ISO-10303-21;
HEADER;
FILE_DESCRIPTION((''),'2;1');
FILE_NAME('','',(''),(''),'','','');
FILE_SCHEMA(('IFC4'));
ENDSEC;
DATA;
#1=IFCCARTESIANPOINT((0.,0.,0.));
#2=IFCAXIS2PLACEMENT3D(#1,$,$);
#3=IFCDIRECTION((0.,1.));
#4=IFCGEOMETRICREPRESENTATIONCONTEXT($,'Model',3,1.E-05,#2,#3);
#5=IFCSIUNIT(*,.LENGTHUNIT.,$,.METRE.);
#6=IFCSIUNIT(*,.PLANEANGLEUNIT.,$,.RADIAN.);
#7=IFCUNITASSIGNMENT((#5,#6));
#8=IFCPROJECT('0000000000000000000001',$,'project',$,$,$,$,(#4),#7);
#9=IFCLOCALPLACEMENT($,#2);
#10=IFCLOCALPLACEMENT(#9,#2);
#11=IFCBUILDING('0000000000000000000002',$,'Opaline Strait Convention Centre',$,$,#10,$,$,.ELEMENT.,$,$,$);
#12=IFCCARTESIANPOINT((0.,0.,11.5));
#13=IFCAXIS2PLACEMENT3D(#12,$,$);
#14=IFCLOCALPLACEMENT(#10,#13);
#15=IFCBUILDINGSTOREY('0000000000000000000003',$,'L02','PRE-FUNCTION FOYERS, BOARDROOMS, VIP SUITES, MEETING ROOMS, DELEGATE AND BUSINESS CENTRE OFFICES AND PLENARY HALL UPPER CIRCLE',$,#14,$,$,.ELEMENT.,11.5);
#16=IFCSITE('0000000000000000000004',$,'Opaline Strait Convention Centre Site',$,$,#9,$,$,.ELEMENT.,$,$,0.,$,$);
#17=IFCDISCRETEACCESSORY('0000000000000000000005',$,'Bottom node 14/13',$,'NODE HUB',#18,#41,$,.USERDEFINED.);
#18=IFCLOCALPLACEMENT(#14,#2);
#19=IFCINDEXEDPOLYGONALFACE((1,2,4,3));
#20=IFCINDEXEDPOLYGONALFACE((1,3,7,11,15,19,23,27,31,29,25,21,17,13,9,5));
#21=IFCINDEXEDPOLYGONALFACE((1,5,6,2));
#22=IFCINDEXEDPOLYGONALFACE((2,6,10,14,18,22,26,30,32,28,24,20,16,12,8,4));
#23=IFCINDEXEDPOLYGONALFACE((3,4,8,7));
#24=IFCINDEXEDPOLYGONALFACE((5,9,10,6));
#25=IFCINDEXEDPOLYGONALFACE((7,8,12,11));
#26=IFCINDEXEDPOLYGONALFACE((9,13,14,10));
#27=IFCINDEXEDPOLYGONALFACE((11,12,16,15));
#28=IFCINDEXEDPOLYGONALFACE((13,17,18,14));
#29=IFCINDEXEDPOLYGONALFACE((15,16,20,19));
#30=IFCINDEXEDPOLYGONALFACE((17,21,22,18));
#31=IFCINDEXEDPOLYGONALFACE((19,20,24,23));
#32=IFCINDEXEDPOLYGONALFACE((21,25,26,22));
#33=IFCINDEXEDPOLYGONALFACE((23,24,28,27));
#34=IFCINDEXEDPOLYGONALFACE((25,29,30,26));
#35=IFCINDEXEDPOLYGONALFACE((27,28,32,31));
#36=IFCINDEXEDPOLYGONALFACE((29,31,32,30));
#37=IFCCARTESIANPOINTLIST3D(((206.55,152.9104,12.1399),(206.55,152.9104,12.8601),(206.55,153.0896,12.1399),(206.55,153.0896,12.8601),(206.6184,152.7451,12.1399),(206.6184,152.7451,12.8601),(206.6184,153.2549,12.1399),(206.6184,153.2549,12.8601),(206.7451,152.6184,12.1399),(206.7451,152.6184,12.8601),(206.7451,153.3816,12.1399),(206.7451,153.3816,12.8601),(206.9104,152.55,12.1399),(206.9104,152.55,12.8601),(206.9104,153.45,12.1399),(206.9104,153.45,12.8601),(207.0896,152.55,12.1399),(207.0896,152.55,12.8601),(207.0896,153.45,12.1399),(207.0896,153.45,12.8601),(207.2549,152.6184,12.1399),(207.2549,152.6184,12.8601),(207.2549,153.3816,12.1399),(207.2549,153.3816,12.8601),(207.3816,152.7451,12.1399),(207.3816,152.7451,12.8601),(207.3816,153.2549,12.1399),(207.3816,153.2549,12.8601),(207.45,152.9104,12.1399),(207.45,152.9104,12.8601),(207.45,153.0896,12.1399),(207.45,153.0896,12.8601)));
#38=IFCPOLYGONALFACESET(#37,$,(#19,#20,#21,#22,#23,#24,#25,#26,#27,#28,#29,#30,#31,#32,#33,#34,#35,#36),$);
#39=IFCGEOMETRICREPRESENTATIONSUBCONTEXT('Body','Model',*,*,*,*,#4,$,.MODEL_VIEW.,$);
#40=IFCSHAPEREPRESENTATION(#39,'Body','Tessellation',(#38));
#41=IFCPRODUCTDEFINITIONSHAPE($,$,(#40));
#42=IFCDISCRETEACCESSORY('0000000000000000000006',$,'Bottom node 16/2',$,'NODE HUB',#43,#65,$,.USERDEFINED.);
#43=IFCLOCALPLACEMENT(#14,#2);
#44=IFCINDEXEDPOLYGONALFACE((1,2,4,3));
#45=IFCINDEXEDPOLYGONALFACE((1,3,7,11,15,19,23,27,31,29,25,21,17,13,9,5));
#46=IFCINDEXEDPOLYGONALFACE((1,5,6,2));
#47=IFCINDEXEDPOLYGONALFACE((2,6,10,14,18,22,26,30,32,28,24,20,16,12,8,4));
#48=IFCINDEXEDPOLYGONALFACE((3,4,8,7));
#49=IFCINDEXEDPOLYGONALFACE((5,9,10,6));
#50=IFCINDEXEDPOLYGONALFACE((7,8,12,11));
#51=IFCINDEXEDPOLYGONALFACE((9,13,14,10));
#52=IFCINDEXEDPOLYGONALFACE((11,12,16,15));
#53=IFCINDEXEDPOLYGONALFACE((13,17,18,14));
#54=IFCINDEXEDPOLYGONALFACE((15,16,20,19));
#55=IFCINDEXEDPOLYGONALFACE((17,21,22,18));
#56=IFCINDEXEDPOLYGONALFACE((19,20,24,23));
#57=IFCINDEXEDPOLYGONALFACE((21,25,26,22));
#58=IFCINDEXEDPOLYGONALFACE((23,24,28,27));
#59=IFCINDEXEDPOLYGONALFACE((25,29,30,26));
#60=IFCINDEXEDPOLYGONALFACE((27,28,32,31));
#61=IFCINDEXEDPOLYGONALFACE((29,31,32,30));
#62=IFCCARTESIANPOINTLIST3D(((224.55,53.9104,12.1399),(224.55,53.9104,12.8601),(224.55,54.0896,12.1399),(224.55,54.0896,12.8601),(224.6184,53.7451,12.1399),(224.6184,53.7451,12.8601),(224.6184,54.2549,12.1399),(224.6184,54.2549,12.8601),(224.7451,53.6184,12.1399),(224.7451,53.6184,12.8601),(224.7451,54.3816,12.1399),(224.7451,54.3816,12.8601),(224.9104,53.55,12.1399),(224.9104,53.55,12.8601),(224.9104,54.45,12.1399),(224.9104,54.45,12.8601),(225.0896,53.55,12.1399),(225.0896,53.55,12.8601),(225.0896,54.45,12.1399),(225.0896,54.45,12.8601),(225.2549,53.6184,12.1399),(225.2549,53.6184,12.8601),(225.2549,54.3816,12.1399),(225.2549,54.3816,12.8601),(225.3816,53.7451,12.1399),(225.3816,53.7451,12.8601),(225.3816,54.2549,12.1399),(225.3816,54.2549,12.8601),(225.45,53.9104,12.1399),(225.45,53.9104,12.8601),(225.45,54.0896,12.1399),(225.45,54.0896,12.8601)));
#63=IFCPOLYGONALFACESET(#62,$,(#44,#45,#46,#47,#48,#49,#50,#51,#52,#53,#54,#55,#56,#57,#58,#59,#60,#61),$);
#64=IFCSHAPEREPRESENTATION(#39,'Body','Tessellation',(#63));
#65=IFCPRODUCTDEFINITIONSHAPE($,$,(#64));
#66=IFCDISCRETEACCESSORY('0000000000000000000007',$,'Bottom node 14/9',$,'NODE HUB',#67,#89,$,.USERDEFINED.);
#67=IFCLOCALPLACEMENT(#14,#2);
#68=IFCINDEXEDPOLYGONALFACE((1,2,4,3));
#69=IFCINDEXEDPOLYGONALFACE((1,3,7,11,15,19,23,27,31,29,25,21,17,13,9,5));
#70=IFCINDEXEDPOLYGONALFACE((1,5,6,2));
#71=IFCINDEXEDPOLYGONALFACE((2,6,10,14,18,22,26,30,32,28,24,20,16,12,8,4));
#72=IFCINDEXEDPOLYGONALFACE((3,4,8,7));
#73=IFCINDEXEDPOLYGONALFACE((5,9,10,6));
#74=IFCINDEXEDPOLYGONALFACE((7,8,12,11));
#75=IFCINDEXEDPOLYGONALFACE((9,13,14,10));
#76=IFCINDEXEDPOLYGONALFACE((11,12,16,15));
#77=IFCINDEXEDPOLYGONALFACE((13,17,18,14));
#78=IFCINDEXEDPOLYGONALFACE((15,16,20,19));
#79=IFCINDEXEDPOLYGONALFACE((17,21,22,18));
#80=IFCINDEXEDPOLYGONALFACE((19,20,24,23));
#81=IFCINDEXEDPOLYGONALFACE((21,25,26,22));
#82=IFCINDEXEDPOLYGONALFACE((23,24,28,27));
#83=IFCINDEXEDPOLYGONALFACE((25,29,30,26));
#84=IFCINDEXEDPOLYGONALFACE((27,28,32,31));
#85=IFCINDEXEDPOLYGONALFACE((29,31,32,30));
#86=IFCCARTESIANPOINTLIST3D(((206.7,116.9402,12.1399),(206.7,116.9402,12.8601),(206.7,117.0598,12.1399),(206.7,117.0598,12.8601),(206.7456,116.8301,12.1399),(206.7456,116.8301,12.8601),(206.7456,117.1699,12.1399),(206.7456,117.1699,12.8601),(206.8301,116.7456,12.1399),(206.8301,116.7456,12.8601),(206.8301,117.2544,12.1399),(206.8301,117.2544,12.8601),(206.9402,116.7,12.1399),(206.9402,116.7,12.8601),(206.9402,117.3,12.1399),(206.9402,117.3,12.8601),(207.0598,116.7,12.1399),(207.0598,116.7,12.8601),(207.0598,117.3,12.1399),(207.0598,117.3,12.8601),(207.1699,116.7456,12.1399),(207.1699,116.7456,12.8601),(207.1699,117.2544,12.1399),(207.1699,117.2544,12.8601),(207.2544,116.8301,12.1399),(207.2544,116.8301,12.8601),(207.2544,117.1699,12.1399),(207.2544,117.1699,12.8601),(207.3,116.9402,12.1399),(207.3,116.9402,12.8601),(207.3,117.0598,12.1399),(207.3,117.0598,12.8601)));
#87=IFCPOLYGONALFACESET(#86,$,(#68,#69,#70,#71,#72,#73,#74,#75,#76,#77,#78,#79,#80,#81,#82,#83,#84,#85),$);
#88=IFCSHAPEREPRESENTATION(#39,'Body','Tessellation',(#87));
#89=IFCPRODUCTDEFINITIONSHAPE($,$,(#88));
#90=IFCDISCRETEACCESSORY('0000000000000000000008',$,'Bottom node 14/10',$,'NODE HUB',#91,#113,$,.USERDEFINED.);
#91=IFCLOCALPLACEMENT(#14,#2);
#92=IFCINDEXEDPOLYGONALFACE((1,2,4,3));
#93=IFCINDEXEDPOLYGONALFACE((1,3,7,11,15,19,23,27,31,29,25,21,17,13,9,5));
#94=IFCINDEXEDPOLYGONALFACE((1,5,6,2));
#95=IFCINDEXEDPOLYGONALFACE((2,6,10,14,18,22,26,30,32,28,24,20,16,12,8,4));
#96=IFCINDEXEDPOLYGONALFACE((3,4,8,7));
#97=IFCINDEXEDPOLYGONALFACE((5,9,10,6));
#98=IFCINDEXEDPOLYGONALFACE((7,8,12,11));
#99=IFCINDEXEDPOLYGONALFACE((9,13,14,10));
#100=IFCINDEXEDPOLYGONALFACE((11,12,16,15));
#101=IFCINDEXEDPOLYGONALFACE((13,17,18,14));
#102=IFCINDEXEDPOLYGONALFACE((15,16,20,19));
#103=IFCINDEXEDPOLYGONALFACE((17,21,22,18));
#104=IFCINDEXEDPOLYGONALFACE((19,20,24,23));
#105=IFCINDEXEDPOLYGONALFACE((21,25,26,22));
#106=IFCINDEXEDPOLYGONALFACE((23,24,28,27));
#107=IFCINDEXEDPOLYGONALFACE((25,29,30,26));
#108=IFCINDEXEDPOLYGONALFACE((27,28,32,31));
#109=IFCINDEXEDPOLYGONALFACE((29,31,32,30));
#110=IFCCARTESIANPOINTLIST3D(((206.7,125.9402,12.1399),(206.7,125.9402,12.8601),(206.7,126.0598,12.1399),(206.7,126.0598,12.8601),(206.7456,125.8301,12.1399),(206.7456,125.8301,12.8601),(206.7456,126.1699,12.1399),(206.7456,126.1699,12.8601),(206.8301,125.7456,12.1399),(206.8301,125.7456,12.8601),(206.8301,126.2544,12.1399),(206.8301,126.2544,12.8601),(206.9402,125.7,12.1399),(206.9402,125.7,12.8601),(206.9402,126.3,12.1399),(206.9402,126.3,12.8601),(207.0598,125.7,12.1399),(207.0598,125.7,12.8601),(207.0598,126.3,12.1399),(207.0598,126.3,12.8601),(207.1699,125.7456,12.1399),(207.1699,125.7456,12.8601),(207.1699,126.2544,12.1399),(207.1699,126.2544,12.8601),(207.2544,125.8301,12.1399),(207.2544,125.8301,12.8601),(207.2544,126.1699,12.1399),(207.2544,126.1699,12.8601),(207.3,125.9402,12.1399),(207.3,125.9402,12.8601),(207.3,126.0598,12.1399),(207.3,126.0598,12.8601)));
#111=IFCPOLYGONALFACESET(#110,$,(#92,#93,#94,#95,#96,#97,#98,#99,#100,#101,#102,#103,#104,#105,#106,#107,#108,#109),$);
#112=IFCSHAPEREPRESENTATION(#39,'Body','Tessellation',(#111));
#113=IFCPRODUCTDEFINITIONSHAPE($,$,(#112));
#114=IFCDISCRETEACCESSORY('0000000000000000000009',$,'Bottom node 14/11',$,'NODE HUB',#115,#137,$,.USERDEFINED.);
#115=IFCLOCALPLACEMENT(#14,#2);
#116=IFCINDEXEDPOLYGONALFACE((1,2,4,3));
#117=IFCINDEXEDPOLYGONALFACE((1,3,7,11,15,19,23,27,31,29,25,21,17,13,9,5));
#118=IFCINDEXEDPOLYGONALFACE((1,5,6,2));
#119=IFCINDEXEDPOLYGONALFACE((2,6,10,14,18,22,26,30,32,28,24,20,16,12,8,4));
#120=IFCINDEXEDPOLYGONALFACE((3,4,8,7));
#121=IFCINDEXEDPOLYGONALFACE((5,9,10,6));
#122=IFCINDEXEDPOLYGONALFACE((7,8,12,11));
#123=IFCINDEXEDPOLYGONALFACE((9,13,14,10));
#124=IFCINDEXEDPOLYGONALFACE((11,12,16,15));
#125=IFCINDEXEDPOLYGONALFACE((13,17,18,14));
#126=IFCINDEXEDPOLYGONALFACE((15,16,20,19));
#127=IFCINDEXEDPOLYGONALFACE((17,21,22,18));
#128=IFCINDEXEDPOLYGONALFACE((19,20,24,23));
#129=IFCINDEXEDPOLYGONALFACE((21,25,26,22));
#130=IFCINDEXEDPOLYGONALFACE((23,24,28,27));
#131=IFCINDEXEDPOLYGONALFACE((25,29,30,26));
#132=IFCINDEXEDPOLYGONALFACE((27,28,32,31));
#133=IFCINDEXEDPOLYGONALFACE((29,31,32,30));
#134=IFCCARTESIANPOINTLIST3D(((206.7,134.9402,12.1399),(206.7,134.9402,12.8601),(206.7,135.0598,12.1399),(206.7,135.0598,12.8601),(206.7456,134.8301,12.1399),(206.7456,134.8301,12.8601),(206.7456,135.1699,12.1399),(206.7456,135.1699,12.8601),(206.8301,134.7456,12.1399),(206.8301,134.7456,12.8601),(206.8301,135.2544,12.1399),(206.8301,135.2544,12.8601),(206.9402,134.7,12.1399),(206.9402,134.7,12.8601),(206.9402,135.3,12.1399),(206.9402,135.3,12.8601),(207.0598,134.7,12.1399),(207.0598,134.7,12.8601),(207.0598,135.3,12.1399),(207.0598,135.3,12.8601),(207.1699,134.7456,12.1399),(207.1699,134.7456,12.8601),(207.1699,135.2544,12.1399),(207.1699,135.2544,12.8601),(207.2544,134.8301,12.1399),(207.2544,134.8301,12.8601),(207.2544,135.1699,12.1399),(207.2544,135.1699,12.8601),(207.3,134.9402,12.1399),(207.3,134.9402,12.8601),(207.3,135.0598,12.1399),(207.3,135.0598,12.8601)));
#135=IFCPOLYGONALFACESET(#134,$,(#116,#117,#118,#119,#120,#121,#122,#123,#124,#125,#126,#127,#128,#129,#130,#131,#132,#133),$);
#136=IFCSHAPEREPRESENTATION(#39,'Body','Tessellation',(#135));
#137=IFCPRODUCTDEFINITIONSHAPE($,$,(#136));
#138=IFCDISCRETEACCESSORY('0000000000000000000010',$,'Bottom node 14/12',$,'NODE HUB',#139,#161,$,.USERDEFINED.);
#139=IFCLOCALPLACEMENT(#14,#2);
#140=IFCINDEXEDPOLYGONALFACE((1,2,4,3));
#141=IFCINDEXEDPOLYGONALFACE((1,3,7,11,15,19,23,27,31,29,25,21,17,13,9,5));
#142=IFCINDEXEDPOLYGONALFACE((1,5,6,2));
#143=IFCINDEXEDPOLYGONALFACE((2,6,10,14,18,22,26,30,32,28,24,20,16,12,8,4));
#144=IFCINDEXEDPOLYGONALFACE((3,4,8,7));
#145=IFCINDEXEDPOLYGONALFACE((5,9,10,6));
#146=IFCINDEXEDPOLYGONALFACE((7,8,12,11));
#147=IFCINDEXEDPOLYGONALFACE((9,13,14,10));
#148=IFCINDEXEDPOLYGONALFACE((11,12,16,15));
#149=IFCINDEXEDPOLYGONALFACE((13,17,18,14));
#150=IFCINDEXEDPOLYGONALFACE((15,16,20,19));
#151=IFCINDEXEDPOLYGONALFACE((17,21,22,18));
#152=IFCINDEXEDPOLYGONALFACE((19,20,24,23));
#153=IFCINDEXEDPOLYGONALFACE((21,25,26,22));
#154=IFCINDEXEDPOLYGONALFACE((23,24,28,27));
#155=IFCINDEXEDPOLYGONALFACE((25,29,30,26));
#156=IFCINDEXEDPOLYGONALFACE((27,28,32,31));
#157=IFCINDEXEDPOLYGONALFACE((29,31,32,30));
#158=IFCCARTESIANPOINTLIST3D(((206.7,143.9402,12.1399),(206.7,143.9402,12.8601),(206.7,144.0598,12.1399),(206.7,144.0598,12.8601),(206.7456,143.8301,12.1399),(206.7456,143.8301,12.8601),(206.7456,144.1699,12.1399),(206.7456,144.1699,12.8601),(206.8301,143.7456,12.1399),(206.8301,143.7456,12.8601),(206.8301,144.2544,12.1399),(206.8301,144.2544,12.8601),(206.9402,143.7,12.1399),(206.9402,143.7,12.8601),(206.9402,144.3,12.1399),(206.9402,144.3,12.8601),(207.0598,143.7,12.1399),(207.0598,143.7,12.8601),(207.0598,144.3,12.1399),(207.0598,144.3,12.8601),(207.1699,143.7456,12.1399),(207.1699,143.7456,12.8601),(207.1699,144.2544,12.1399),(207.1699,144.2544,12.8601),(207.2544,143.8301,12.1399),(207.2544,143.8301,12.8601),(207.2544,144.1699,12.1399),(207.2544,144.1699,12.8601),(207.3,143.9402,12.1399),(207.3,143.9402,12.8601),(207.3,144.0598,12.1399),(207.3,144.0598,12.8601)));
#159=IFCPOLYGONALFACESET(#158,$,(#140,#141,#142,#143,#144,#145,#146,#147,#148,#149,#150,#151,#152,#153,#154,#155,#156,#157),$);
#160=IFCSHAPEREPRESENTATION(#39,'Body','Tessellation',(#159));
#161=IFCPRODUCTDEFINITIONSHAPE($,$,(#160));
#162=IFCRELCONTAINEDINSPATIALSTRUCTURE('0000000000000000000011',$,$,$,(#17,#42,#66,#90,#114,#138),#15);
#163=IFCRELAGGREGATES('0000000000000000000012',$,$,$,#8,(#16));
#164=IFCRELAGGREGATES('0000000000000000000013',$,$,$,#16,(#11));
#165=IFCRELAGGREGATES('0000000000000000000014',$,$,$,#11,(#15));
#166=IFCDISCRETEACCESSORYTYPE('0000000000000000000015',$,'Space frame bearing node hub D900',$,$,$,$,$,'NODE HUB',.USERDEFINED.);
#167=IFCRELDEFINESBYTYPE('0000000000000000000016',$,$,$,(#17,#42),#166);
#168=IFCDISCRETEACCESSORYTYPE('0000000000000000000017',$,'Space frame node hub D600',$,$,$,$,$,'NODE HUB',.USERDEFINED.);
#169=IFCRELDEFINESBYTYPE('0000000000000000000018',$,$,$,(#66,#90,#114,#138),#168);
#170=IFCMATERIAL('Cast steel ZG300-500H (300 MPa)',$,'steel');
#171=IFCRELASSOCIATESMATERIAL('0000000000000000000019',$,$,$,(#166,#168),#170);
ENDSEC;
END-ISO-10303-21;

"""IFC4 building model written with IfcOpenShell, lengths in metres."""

from ifc_helpers import new_model, si_unit, direction, frame, origin, place, context, subcontext, project, spatial, polyline, outline, extrude, material, type_object, element, save


model = new_model("IFC4")

# Units and contexts
model_context = context("Model", 3, precision=1e-05, world=origin(), true_north=direction((0.0, 1.0)))
body_context = subcontext(model_context, "Body", "Model", "MODEL_VIEW")
ifc_project = project(units=[si_unit("LENGTHUNIT", "METRE"), si_unit("PLANEANGLEUNIT", "RADIAN")], contexts=[model_context])

# Site, building, storey
site_placement = place(None, origin())
site = spatial("IfcSite", under=ifc_project, at=site_placement, Name="Opaline Strait Convention Centre Site", CompositionType="ELEMENT", RefElevation=0.0)
building_placement = place(site_placement, origin())
building = spatial("IfcBuilding", under=site, at=building_placement, Name="Opaline Strait Convention Centre", CompositionType="ELEMENT")
storey_placement = place(building_placement, frame((0.0, 0.0, 11.5)))
storey = spatial("IfcBuildingStorey", under=building, at=storey_placement, Name="L02", Description="PRE-FUNCTION FOYERS, BOARDROOMS, VIP SUITES, MEETING ROOMS, DELEGATE AND BUSINESS CENTRE OFFICES AND PLENARY HALL UPPER CIRCLE", CompositionType="ELEMENT", Elevation=11.5)

# Discrete accessories
ifc_material = material(Name="Cast steel ZG300-500H (300 MPa)", Category="steel")
discrete_accessory_type_1 = type_object("IfcDiscreteAccessoryType", Name="Space frame bearing node hub D900", ElementType="NODE HUB", PredefinedType="USERDEFINED", material=ifc_material)
discrete_accessory_1_placement = place(storey_placement, frame((0.0, 0.0, 12.1399)))
element("IfcDiscreteAccessory", 1, at=discrete_accessory_1_placement, inside=storey, type_object=discrete_accessory_type_1, Name="Bottom node 14/13", ObjectType="NODE HUB", PredefinedType="USERDEFINED", context=body_context, shape_type="SweptSolid", body=[
    extrude(outline(polyline([(207.45, 153.0896), (207.3816, 153.2549), (207.2549, 153.3816), (207.0896, 153.45), (206.9104, 153.45), (206.7451, 153.3816), (206.6184, 153.2549), (206.55, 153.0896), (206.55, 152.9104), (206.6184, 152.7451), (206.7451, 152.6184), (206.9104, 152.55), (207.0896, 152.55), (207.2549, 152.6184), (207.3816, 152.7451), (207.45, 152.9104), (207.45, 153.0896)])), origin(), (0.0, 0.0, 1.0), 0.7202),
])
discrete_accessory_2_placement = place(storey_placement, frame((0.0, 0.0, 12.1399)))
element("IfcDiscreteAccessory", 2, at=discrete_accessory_2_placement, inside=storey, type_object=discrete_accessory_type_1, Name="Bottom node 16/2", ObjectType="NODE HUB", PredefinedType="USERDEFINED", context=body_context, shape_type="SweptSolid", body=[
    extrude(outline(polyline([(225.45, 54.0896), (225.3816, 54.2549), (225.2549, 54.3816), (225.0896, 54.45), (224.9104, 54.45), (224.7451, 54.3816), (224.6184, 54.2549), (224.55, 54.0896), (224.55, 53.9104), (224.6184, 53.7451), (224.7451, 53.6184), (224.9104, 53.55), (225.0896, 53.55), (225.2549, 53.6184), (225.3816, 53.7451), (225.45, 53.9104), (225.45, 54.0896)])), origin(), (0.0, 0.0, 1.0), 0.7202),
])
discrete_accessory_type_2 = type_object("IfcDiscreteAccessoryType", Name="Space frame node hub D600", ElementType="NODE HUB", PredefinedType="USERDEFINED", material=ifc_material)
discrete_accessory_3_placement = place(storey_placement, frame((0.0, 0.0, 12.1399)))
element("IfcDiscreteAccessory", 3, at=discrete_accessory_3_placement, inside=storey, type_object=discrete_accessory_type_2, Name="Bottom node 14/9", ObjectType="NODE HUB", PredefinedType="USERDEFINED", context=body_context, shape_type="SweptSolid", body=[
    extrude(outline(polyline([(207.3, 117.0598), (207.2544, 117.1699), (207.1699, 117.2544), (207.0598, 117.3), (206.9402, 117.3), (206.8301, 117.2544), (206.7456, 117.1699), (206.7, 117.0598), (206.7, 116.9402), (206.7456, 116.8301), (206.8301, 116.7456), (206.9402, 116.7), (207.0598, 116.7), (207.1699, 116.7456), (207.2544, 116.8301), (207.3, 116.9402), (207.3, 117.0598)])), origin(), (0.0, 0.0, 1.0), 0.7202),
])
discrete_accessory_4_placement = place(storey_placement, frame((0.0, 0.0, 12.1399)))
element("IfcDiscreteAccessory", 4, at=discrete_accessory_4_placement, inside=storey, type_object=discrete_accessory_type_2, Name="Bottom node 14/10", ObjectType="NODE HUB", PredefinedType="USERDEFINED", context=body_context, shape_type="SweptSolid", body=[
    extrude(outline(polyline([(207.3, 126.0598), (207.2544, 126.1699), (207.1699, 126.2544), (207.0598, 126.3), (206.9402, 126.3), (206.8301, 126.2544), (206.7456, 126.1699), (206.7, 126.0598), (206.7, 125.9402), (206.7456, 125.8301), (206.8301, 125.7456), (206.9402, 125.7), (207.0598, 125.7), (207.1699, 125.7456), (207.2544, 125.8301), (207.3, 125.9402), (207.3, 126.0598)])), origin(), (0.0, 0.0, 1.0), 0.7202),
])
discrete_accessory_5_placement = place(storey_placement, frame((0.0, 0.0, 12.1399)))
element("IfcDiscreteAccessory", 5, at=discrete_accessory_5_placement, inside=storey, type_object=discrete_accessory_type_2, Name="Bottom node 14/11", ObjectType="NODE HUB", PredefinedType="USERDEFINED", context=body_context, shape_type="SweptSolid", body=[
    extrude(outline(polyline([(207.3, 135.0598), (207.2544, 135.1699), (207.1699, 135.2544), (207.0598, 135.3), (206.9402, 135.3), (206.8301, 135.2544), (206.7456, 135.1699), (206.7, 135.0598), (206.7, 134.9402), (206.7456, 134.8301), (206.8301, 134.7456), (206.9402, 134.7), (207.0598, 134.7), (207.1699, 134.7456), (207.2544, 134.8301), (207.3, 134.9402), (207.3, 135.0598)])), origin(), (0.0, 0.0, 1.0), 0.7202),
])
discrete_accessory_6_placement = place(storey_placement, frame((0.0, 0.0, 12.1399)))
element("IfcDiscreteAccessory", 6, at=discrete_accessory_6_placement, inside=storey, type_object=discrete_accessory_type_2, Name="Bottom node 14/12", ObjectType="NODE HUB", PredefinedType="USERDEFINED", context=body_context, shape_type="SweptSolid", body=[
    extrude(outline(polyline([(207.3, 144.0598), (207.2544, 144.1699), (207.1699, 144.2544), (207.0598, 144.3), (206.9402, 144.3), (206.8301, 144.2544), (206.7456, 144.1699), (206.7, 144.0598), (206.7, 143.9402), (206.7456, 143.8301), (206.8301, 143.7456), (206.9402, 143.7), (207.0598, 143.7), (207.1699, 143.7456), (207.2544, 143.8301), (207.3, 143.9402), (207.3, 144.0598)])), origin(), (0.0, 0.0, 1.0), 0.7202),
])

save(model, "model.ifc")
